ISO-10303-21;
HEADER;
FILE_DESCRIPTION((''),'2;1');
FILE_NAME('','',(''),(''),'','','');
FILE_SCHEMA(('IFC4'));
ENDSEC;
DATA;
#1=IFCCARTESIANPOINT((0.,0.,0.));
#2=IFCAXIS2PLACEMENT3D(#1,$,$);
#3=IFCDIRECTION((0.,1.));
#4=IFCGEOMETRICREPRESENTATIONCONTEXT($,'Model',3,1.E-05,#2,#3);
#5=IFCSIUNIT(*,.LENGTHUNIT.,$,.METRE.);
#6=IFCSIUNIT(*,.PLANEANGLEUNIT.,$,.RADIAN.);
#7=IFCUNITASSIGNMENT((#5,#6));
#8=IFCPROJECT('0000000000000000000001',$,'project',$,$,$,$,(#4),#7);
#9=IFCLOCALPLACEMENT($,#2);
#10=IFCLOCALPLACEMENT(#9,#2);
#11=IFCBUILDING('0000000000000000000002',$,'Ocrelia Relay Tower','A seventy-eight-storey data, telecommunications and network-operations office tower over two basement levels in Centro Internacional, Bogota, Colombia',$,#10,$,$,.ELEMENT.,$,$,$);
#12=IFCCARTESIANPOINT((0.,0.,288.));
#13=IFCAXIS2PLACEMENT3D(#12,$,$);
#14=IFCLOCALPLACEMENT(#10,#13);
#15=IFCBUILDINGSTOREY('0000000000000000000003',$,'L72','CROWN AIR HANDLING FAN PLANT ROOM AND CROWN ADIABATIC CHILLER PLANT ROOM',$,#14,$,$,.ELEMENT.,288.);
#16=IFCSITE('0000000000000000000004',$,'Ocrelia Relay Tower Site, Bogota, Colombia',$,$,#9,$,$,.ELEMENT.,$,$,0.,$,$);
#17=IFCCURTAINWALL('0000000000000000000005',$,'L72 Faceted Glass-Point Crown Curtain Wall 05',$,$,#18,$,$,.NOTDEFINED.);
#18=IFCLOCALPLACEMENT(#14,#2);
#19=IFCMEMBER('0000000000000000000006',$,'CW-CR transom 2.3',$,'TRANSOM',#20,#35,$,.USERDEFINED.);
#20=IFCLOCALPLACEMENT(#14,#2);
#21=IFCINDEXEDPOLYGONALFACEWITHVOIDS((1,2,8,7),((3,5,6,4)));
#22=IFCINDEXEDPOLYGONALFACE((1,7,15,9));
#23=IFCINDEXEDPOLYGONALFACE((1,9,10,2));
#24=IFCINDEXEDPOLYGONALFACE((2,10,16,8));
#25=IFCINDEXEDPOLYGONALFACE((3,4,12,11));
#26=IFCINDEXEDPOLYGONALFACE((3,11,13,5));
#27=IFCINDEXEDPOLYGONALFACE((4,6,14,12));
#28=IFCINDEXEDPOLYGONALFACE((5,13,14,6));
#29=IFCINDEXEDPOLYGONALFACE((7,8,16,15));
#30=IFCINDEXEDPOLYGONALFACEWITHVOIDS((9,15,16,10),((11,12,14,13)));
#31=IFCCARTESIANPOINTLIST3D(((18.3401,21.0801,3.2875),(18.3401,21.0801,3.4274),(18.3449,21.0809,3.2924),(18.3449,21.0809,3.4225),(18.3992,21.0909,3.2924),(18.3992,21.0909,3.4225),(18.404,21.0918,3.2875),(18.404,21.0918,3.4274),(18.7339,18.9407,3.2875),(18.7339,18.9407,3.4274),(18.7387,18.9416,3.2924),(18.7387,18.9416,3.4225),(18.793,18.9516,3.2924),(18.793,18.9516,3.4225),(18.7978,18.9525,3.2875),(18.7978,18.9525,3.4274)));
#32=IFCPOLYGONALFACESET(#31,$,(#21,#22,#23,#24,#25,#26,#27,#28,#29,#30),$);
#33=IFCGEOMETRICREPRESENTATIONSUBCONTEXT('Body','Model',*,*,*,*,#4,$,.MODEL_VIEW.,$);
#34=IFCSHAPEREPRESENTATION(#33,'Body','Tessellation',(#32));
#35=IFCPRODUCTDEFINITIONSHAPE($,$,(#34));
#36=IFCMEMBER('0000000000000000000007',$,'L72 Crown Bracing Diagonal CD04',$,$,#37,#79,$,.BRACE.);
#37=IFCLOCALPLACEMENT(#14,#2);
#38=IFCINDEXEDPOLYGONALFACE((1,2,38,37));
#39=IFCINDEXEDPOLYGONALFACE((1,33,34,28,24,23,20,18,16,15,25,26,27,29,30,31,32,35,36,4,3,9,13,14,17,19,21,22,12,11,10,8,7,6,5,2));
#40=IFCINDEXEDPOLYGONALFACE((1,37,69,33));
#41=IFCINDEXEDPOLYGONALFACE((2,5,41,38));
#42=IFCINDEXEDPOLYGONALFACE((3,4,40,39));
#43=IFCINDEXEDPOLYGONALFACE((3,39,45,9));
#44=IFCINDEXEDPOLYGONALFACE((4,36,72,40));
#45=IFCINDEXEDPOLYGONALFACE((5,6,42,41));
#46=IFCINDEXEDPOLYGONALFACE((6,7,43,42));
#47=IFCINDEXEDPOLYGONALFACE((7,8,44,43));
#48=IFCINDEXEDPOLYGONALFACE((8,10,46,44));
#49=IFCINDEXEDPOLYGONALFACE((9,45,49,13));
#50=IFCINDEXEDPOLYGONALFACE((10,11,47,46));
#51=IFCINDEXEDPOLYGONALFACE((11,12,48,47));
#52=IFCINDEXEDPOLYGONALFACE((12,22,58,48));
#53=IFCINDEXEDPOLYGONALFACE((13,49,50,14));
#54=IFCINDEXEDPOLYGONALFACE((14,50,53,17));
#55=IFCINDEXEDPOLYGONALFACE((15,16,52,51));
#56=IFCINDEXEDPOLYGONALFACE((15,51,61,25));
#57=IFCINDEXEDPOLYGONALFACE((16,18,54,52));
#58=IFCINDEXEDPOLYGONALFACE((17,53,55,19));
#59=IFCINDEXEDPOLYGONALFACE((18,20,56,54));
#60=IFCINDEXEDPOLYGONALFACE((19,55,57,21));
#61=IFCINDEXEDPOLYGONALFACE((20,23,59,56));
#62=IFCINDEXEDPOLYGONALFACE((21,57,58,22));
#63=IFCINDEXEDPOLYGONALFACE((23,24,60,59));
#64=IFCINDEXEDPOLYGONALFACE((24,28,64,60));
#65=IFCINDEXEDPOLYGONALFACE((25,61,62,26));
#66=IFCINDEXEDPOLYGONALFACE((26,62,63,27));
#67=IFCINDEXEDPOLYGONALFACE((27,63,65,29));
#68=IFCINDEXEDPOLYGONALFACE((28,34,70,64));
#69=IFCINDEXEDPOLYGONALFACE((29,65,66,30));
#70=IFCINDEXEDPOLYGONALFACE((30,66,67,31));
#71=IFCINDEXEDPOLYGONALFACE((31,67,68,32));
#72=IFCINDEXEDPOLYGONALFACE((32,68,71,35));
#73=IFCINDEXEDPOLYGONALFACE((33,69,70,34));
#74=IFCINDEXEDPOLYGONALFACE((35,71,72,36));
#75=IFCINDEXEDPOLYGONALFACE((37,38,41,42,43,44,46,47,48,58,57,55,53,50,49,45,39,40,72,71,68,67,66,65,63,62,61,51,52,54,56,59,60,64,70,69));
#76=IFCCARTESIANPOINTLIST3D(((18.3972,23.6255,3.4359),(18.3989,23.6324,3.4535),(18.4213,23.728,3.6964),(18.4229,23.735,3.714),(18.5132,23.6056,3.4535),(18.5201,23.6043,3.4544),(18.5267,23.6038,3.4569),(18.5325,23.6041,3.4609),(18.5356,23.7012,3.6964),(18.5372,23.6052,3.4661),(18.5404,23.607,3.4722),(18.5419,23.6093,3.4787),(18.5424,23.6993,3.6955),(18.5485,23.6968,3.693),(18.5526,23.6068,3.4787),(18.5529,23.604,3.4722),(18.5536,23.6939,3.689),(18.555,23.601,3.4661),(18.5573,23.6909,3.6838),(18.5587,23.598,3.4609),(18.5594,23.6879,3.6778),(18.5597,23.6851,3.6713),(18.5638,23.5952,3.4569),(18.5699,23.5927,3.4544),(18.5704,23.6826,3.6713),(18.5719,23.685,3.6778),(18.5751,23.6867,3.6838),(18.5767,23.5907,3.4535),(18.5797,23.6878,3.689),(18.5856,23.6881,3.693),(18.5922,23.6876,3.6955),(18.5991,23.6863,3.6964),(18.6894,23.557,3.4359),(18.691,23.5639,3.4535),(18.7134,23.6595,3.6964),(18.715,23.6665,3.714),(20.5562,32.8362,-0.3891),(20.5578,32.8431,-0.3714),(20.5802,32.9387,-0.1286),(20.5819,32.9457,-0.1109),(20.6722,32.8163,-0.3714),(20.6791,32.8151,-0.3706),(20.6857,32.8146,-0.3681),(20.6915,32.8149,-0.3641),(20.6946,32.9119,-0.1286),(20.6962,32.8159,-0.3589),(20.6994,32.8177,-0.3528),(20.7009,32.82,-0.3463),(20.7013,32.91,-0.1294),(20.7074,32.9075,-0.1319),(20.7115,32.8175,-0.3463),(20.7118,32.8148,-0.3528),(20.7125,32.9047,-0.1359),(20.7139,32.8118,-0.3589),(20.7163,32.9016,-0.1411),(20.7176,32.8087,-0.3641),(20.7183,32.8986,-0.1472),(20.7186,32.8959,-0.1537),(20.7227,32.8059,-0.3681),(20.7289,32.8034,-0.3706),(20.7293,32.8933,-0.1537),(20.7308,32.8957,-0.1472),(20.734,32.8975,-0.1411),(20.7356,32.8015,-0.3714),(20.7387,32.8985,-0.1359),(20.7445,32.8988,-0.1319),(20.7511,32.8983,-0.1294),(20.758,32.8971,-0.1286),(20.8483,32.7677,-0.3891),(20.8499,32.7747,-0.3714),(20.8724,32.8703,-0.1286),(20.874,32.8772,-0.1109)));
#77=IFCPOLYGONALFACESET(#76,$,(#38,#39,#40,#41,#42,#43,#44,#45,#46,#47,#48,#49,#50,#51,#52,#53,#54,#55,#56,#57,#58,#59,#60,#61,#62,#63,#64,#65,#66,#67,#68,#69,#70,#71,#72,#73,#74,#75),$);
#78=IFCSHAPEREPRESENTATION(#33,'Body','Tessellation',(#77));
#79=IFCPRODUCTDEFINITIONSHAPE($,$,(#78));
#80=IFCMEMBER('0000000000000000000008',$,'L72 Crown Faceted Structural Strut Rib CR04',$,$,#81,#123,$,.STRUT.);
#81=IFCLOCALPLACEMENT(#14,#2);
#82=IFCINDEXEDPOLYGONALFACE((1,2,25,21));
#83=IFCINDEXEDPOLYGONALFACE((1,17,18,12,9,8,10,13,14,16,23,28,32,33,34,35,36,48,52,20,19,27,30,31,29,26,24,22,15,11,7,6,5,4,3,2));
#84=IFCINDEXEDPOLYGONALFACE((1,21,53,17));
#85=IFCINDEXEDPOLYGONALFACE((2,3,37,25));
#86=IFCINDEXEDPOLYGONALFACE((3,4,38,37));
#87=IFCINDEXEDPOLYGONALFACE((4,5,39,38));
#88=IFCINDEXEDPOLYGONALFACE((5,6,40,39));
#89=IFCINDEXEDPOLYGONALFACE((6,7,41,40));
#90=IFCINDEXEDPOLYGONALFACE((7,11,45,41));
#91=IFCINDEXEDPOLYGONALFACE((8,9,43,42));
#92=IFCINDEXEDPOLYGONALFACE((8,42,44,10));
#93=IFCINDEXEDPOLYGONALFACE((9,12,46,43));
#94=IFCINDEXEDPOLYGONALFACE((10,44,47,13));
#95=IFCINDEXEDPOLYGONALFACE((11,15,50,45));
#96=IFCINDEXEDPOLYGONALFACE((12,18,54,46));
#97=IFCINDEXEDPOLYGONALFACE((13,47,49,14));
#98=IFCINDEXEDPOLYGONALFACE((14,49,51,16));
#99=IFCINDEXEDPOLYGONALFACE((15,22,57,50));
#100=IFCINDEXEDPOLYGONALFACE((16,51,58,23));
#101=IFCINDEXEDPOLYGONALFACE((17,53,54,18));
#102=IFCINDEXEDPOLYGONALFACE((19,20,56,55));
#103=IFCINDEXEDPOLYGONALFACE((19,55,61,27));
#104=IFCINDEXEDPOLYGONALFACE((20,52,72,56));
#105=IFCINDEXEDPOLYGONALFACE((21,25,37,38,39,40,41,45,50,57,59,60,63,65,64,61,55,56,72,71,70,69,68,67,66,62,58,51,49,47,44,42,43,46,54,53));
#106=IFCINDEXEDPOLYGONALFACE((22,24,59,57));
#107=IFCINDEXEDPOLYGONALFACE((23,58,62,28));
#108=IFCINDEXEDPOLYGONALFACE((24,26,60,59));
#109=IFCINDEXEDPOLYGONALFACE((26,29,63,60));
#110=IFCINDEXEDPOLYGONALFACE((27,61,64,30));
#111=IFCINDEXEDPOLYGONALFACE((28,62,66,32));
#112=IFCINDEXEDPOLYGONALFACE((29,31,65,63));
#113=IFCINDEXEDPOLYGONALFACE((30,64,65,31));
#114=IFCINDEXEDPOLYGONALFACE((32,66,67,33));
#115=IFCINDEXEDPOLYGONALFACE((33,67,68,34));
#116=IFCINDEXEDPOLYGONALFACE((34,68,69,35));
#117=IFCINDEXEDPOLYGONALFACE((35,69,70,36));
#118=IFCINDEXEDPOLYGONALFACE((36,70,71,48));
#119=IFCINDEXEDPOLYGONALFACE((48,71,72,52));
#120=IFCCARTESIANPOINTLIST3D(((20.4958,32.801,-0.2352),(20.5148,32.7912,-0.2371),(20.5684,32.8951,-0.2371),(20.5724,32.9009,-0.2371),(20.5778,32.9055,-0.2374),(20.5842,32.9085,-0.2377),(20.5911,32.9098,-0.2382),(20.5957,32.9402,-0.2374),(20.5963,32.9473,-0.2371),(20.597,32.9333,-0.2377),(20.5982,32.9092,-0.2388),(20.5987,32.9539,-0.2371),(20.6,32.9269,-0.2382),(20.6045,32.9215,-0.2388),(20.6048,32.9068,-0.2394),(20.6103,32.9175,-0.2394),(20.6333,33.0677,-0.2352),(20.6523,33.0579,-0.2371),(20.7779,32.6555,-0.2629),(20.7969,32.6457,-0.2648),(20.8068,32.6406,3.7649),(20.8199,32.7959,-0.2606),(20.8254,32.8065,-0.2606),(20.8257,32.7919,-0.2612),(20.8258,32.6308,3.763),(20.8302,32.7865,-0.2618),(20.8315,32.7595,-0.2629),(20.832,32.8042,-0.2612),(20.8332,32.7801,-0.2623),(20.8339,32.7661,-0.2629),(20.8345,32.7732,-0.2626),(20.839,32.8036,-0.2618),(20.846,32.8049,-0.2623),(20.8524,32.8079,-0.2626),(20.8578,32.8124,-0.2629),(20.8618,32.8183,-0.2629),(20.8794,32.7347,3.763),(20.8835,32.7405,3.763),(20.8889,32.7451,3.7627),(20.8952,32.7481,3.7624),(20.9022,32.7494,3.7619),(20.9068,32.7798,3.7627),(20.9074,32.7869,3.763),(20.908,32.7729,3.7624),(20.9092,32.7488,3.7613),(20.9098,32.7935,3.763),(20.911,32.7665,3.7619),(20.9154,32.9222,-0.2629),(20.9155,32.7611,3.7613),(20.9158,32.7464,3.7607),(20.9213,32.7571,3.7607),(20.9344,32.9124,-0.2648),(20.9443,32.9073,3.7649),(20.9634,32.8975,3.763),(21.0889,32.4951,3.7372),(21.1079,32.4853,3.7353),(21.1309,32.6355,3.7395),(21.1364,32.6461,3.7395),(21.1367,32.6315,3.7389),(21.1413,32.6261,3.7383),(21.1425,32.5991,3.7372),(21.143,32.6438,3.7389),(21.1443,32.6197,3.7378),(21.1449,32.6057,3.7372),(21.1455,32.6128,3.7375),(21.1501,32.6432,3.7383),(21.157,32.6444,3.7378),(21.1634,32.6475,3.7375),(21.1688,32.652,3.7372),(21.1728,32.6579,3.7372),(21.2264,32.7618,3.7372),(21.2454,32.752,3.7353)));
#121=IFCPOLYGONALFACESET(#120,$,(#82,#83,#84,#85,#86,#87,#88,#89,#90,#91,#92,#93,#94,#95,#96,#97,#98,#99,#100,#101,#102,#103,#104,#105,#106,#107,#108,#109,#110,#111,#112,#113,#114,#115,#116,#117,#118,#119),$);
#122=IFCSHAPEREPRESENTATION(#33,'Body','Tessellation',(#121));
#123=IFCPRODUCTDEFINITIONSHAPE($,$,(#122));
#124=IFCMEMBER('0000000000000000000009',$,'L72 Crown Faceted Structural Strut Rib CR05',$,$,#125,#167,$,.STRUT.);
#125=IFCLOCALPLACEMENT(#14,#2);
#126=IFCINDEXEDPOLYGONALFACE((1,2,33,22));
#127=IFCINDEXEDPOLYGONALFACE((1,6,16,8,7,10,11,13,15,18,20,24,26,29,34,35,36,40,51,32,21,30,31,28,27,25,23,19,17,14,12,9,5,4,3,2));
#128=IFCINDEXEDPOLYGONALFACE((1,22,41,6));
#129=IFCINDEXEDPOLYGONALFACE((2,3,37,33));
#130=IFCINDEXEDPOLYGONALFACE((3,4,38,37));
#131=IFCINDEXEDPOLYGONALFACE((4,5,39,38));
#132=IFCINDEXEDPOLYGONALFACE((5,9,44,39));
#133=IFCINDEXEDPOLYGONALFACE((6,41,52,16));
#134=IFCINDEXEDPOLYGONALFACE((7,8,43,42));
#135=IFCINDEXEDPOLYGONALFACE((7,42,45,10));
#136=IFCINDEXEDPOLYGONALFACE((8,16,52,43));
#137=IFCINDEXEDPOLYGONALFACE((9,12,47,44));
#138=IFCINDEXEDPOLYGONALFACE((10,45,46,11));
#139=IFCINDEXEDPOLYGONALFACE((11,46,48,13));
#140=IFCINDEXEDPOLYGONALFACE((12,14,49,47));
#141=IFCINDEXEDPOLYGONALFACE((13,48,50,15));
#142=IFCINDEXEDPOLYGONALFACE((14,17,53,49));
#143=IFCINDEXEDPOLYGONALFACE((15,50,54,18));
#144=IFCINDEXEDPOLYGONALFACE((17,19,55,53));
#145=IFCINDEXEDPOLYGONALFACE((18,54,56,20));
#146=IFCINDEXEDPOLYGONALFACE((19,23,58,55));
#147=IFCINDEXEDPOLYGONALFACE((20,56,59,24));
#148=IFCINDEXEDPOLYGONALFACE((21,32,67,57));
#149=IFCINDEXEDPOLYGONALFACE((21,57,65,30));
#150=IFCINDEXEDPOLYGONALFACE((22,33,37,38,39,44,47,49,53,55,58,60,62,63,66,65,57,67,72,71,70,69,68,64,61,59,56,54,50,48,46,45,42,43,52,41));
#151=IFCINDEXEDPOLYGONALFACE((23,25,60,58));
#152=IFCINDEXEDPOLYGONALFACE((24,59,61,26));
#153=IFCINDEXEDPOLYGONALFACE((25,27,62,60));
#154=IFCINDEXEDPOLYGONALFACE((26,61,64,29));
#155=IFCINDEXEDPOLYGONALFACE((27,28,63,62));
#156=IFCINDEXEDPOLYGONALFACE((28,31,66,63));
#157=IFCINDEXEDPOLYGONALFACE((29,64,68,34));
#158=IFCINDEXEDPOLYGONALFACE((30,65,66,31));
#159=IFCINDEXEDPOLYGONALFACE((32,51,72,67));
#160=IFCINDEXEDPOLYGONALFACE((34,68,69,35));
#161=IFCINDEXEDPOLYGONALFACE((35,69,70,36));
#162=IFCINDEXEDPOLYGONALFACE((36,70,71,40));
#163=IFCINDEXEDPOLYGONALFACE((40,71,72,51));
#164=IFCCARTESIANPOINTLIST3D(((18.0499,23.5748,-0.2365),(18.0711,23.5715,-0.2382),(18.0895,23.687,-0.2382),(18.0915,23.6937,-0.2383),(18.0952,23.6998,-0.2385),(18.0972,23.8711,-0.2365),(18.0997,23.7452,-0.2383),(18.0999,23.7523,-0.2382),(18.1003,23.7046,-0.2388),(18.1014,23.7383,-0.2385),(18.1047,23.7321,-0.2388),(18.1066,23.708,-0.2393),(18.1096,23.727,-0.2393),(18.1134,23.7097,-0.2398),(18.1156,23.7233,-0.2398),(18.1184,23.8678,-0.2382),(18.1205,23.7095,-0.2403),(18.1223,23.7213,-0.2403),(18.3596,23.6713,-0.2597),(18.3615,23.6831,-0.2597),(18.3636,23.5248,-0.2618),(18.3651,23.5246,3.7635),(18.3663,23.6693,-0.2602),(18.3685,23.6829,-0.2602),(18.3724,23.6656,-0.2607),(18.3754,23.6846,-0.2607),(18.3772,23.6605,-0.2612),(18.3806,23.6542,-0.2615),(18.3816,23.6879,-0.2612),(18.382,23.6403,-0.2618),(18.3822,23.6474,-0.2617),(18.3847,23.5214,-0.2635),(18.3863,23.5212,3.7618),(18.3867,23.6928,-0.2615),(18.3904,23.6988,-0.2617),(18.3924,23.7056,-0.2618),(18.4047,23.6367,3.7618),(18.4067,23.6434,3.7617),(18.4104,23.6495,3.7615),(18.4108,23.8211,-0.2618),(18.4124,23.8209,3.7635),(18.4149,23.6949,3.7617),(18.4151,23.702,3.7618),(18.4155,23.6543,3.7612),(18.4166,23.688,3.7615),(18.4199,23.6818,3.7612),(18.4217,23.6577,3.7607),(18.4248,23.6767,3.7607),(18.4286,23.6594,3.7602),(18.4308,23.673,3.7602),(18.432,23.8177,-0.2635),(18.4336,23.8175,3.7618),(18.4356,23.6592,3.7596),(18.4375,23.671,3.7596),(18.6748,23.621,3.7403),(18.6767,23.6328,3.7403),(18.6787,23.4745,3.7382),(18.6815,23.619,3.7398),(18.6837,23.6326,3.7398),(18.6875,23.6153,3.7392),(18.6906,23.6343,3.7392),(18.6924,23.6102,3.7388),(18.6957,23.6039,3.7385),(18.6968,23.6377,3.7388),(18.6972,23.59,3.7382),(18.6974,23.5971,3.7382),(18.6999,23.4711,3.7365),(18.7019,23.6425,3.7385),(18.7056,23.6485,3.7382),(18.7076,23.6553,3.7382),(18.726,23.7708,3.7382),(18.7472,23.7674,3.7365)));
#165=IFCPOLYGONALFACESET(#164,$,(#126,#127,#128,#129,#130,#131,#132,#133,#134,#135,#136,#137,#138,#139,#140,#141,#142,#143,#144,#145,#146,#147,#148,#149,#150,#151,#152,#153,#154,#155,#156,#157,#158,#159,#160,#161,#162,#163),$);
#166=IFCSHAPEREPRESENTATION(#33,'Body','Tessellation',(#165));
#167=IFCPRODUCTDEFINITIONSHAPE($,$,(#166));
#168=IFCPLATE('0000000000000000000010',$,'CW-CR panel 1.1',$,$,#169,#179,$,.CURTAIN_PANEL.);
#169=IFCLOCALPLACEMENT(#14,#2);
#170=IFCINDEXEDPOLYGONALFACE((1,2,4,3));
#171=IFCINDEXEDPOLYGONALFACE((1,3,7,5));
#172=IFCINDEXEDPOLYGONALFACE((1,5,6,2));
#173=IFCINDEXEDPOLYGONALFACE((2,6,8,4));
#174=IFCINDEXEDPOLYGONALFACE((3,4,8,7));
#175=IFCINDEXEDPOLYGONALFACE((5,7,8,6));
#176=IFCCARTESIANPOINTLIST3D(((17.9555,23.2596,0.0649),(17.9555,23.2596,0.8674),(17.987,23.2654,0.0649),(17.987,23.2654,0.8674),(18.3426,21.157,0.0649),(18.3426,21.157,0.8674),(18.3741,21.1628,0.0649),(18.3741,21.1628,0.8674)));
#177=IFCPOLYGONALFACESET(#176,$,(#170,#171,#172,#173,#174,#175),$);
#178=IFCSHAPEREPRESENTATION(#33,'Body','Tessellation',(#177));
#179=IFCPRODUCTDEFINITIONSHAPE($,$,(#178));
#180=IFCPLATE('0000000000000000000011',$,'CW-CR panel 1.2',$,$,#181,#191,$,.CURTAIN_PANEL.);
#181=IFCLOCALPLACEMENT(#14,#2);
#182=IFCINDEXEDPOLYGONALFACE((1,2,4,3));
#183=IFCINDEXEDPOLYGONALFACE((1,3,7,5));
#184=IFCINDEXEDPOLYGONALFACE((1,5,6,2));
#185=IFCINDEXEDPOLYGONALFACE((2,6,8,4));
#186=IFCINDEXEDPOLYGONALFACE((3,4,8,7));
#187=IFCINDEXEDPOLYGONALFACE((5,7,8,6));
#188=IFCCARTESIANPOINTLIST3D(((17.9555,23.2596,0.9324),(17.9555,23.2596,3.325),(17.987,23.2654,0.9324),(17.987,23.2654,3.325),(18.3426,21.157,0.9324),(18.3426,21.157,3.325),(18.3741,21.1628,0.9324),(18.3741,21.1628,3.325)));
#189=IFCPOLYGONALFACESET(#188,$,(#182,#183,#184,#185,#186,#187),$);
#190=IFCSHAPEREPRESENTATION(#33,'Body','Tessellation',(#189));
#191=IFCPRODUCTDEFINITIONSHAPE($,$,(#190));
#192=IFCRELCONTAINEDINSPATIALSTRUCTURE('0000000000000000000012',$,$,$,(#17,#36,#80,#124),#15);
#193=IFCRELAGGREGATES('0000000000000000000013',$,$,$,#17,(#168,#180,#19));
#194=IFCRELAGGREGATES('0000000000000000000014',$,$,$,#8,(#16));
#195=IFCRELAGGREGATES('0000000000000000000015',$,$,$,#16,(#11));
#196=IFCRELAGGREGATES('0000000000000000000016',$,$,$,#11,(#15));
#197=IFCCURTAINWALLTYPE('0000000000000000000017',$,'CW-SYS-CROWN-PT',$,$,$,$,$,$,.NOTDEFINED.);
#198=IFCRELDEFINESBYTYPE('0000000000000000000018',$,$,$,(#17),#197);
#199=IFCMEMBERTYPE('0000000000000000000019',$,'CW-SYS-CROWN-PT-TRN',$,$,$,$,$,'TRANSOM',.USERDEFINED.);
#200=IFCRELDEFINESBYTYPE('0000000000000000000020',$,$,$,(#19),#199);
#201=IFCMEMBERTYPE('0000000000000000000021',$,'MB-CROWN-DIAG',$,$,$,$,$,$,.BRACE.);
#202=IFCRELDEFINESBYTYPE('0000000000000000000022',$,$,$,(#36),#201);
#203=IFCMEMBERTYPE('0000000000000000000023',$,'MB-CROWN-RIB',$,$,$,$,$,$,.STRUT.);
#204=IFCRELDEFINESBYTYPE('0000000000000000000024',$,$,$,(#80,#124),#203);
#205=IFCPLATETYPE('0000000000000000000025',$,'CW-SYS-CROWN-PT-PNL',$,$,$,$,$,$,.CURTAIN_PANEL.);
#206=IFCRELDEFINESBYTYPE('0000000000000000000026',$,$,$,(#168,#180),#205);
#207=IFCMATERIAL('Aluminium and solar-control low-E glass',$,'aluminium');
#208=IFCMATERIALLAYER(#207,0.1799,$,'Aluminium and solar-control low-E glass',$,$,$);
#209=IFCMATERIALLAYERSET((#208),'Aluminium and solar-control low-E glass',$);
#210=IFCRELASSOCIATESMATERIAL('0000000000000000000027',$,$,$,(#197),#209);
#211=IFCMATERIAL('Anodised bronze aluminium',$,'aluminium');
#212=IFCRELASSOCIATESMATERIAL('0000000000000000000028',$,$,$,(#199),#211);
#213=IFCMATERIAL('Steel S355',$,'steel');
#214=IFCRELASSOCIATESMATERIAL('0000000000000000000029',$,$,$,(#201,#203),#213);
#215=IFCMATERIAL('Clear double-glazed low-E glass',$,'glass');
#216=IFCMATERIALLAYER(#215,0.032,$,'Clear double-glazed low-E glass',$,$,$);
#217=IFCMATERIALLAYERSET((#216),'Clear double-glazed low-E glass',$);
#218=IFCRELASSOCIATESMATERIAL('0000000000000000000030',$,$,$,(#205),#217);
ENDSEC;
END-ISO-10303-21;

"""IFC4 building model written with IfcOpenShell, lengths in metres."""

from ifc_helpers import new_model, si_unit, direction, frame, origin, origin_2d, place, context, subcontext, project, spatial, rectangle, hollow_rectangle, i_section, extrude, material, layer, layer_set, material_profile, profile_set, type_object, element, aggregate, save


model = new_model("IFC4")

# Units and contexts
model_context = context("Model", 3, precision=1e-05, world=origin(), true_north=direction((0.0, 1.0)))
body_context = subcontext(model_context, "Body", "Model", "MODEL_VIEW")
ifc_project = project(units=[si_unit("LENGTHUNIT", "METRE"), si_unit("PLANEANGLEUNIT", "RADIAN")], contexts=[model_context])

# Site, building, storey
site_placement = place(None, origin())
site = spatial("IfcSite", under=ifc_project, at=site_placement, Name="Ocrelia Relay Tower Site, Bogota, Colombia", CompositionType="ELEMENT", RefElevation=0.0)
building_placement = place(site_placement, origin())
building = spatial("IfcBuilding", under=site, at=building_placement, Name="Ocrelia Relay Tower", Description="A seventy-eight-storey data, telecommunications and network-operations office tower over two basement levels in Centro Internacional, Bogota, Colombia", CompositionType="ELEMENT")
storey_placement = place(building_placement, frame((0.0, 0.0, 288.0)))
storey = spatial("IfcBuildingStorey", under=building, at=storey_placement, Name="L72", Description="CROWN AIR HANDLING FAN PLANT ROOM AND CROWN ADIABATIC CHILLER PLANT ROOM", CompositionType="ELEMENT", Elevation=288.0)

# Shared definitions
ifc_material_1 = material(Name="Steel S355", Category="steel")

# Shared definitions
ifc_material_2 = material(Name="Aluminium and solar-control low-E glass", Category="aluminium")
ifc_layer_1 = layer(ifc_material_2, 0.1799, Name="Aluminium and solar-control low-E glass")
ifc_layer_set_1 = layer_set([ifc_layer_1], Name="Aluminium and solar-control low-E glass")
curtain_wall_type = type_object("IfcCurtainWallType", Name="CW-SYS-CROWN-PT", PredefinedType="NOTDEFINED", material=ifc_layer_set_1)
ifc_material_3 = material(Name="Anodised bronze aluminium", Category="aluminium")

# Curtain wall, member
curtain_wall_1_placement = place(storey_placement, origin())
curtain_wall_1 = element("IfcCurtainWall", 1, at=curtain_wall_1_placement, inside=storey, type_object=curtain_wall_type, Name="L72 Faceted Glass-Point Crown Curtain Wall 05", PredefinedType="NOTDEFINED")
ifc_material_profile_1 = material_profile(ifc_material_3, hollow_rectangle(XDim=0.0649, YDim=0.1399, WallThickness=0.0049, at=origin_2d()), Name="CW-TRN-140x65")
ifc_profile_set_1 = profile_set([ifc_material_profile_1], Name="Anodised bronze aluminium")
member_type_1 = type_object("IfcMemberType", Name="CW-SYS-CROWN-PT-TRN", ElementType="TRANSOM", PredefinedType="USERDEFINED", material=ifc_profile_set_1)
member_1_placement = place(storey_placement, frame((18.3721, 21.0859, 3.3574), z_axis=(0.181028, -0.983478, 0.0), x_axis=(0.983478, 0.181028, 0.0)))
member_1 = element("IfcMember", 2, at=member_1_placement, type_object=member_type_1, Name="CW-CR transom 2.3", ObjectType="TRANSOM", PredefinedType="USERDEFINED", context=body_context, shape_type="SweptSolid", body=[
    extrude(hollow_rectangle(XDim=0.0649, YDim=0.1399, WallThickness=0.0049, at=origin_2d()), origin(), (0.0, 0.0, 1.0), 2.1753),
])

# Members
ifc_material_profile_2 = material_profile(ifc_material_1, i_section(OverallWidth=0.3, OverallDepth=0.3, WebThickness=0.011, FlangeThickness=0.019, FilletRadius=0.0271, at=origin_2d()), Name="HEB 300")
ifc_profile_set_2 = profile_set([ifc_material_profile_2], Name="Steel S355")
member_type_2 = type_object("IfcMemberType", Name="MB-CROWN-DIAG", PredefinedType="BRACE", material=ifc_profile_set_2)
member_2_placement = place(storey_placement, frame((20.7151, 32.8567, -0.25), z_axis=(-0.211571, -0.902627, 0.374836), x_axis=(0.973612, -0.228209, 0.0)))
element("IfcMember", 3, at=member_2_placement, inside=storey, type_object=member_type_2, Name="L72 Crown Bracing Diagonal CD04", PredefinedType="BRACE", context=body_context, shape_type="SweptSolid", body=[
    extrude(i_section(OverallWidth=0.3, OverallDepth=0.3, WebThickness=0.011, FlangeThickness=0.019, FilletRadius=0.0271, at=origin_2d()), origin(), (0.0, 0.0, 1.0), 10.2043),
])
ifc_material_profile_3 = material_profile(ifc_material_1, i_section(OverallWidth=0.3, OverallDepth=0.3401, WebThickness=0.012, FlangeThickness=0.0215, FilletRadius=0.0271, at=origin_2d()), Name="HEB 340")
ifc_profile_set_3 = profile_set([ifc_material_profile_3], Name="Steel S355")
member_type_3 = type_object("IfcMemberType", Name="MB-CROWN-RIB", PredefinedType="STRUT", material=ifc_profile_set_3)
member_3_placement = place(storey_placement, frame((20.7151, 32.8567, -0.25), z_axis=(0.077463, -0.039948, 0.996195), x_axis=(0.458341, 0.888777, 0.0)))
element("IfcMember", 4, at=member_3_placement, inside=storey, type_object=member_type_3, Name="L72 Crown Faceted Structural Strut Rib CR04", PredefinedType="STRUT", context=body_context, shape_type="SweptSolid", body=[
    extrude(i_section(OverallWidth=0.3, OverallDepth=0.3401, WebThickness=0.012, FlangeThickness=0.0215, FilletRadius=0.0271, at=origin_2d()), origin(), (0.0, 0.0, 1.0), 4.0154),
])
member_4_placement = place(storey_placement, frame((18.241, 23.6963, -0.25), z_axis=(0.078547, -0.012533, 0.996832), x_axis=(0.157573, 0.987507, 0.0)))
element("IfcMember", 5, at=member_4_placement, inside=storey, type_object=member_type_3, Name="L72 Crown Faceted Structural Strut Rib CR05", PredefinedType="STRUT", context=body_context, shape_type="SweptSolid", body=[
    extrude(i_section(OverallWidth=0.3, OverallDepth=0.3401, WebThickness=0.012, FlangeThickness=0.0215, FilletRadius=0.0271, at=origin_2d()), origin(), (0.0, 0.0, 1.0), 4.0127),
])

# Plates
ifc_material_4 = material(Name="Clear double-glazed low-E glass", Category="glass")
ifc_layer_2 = layer(ifc_material_4, 0.032, Name="Clear double-glazed low-E glass")
ifc_layer_set_2 = layer_set([ifc_layer_2], Name="Clear double-glazed low-E glass")
plate_type_1 = type_object("IfcPlateType", Name="CW-SYS-CROWN-PT-PNL", PredefinedType="CURTAIN_PANEL", material=ifc_layer_set_2)
plate_1_placement = place(storey_placement, frame((18.1648, 22.2112, 0.0649), z_axis=(0.0, 0.0, 1.0), x_axis=(0.181068, -0.983471, 0.0)))
plate_1 = element("IfcPlate", 6, at=plate_1_placement, type_object=plate_type_1, Name="CW-CR panel 1.1", PredefinedType="CURTAIN_PANEL", context=body_context, shape_type="SweptSolid", body=[
    extrude(rectangle(XDim=2.1379, YDim=0.032, at=origin_2d()), origin(), (0.0, 0.0, 1.0), 0.8025),
])
plate_2_placement = place(storey_placement, frame((18.1648, 22.2112, 0.9324), z_axis=(0.0, 0.0, 1.0), x_axis=(0.181068, -0.983471, 0.0)))
plate_2 = element("IfcPlate", 7, at=plate_2_placement, type_object=plate_type_1, Name="CW-CR panel 1.2", PredefinedType="CURTAIN_PANEL", context=body_context, shape_type="SweptSolid", body=[
    extrude(rectangle(XDim=2.1379, YDim=0.032, at=origin_2d()), origin(), (0.0, 0.0, 1.0), 2.3926),
])
aggregate(curtain_wall_1, [plate_1, plate_2, member_1])

save(model, "model.ifc")
